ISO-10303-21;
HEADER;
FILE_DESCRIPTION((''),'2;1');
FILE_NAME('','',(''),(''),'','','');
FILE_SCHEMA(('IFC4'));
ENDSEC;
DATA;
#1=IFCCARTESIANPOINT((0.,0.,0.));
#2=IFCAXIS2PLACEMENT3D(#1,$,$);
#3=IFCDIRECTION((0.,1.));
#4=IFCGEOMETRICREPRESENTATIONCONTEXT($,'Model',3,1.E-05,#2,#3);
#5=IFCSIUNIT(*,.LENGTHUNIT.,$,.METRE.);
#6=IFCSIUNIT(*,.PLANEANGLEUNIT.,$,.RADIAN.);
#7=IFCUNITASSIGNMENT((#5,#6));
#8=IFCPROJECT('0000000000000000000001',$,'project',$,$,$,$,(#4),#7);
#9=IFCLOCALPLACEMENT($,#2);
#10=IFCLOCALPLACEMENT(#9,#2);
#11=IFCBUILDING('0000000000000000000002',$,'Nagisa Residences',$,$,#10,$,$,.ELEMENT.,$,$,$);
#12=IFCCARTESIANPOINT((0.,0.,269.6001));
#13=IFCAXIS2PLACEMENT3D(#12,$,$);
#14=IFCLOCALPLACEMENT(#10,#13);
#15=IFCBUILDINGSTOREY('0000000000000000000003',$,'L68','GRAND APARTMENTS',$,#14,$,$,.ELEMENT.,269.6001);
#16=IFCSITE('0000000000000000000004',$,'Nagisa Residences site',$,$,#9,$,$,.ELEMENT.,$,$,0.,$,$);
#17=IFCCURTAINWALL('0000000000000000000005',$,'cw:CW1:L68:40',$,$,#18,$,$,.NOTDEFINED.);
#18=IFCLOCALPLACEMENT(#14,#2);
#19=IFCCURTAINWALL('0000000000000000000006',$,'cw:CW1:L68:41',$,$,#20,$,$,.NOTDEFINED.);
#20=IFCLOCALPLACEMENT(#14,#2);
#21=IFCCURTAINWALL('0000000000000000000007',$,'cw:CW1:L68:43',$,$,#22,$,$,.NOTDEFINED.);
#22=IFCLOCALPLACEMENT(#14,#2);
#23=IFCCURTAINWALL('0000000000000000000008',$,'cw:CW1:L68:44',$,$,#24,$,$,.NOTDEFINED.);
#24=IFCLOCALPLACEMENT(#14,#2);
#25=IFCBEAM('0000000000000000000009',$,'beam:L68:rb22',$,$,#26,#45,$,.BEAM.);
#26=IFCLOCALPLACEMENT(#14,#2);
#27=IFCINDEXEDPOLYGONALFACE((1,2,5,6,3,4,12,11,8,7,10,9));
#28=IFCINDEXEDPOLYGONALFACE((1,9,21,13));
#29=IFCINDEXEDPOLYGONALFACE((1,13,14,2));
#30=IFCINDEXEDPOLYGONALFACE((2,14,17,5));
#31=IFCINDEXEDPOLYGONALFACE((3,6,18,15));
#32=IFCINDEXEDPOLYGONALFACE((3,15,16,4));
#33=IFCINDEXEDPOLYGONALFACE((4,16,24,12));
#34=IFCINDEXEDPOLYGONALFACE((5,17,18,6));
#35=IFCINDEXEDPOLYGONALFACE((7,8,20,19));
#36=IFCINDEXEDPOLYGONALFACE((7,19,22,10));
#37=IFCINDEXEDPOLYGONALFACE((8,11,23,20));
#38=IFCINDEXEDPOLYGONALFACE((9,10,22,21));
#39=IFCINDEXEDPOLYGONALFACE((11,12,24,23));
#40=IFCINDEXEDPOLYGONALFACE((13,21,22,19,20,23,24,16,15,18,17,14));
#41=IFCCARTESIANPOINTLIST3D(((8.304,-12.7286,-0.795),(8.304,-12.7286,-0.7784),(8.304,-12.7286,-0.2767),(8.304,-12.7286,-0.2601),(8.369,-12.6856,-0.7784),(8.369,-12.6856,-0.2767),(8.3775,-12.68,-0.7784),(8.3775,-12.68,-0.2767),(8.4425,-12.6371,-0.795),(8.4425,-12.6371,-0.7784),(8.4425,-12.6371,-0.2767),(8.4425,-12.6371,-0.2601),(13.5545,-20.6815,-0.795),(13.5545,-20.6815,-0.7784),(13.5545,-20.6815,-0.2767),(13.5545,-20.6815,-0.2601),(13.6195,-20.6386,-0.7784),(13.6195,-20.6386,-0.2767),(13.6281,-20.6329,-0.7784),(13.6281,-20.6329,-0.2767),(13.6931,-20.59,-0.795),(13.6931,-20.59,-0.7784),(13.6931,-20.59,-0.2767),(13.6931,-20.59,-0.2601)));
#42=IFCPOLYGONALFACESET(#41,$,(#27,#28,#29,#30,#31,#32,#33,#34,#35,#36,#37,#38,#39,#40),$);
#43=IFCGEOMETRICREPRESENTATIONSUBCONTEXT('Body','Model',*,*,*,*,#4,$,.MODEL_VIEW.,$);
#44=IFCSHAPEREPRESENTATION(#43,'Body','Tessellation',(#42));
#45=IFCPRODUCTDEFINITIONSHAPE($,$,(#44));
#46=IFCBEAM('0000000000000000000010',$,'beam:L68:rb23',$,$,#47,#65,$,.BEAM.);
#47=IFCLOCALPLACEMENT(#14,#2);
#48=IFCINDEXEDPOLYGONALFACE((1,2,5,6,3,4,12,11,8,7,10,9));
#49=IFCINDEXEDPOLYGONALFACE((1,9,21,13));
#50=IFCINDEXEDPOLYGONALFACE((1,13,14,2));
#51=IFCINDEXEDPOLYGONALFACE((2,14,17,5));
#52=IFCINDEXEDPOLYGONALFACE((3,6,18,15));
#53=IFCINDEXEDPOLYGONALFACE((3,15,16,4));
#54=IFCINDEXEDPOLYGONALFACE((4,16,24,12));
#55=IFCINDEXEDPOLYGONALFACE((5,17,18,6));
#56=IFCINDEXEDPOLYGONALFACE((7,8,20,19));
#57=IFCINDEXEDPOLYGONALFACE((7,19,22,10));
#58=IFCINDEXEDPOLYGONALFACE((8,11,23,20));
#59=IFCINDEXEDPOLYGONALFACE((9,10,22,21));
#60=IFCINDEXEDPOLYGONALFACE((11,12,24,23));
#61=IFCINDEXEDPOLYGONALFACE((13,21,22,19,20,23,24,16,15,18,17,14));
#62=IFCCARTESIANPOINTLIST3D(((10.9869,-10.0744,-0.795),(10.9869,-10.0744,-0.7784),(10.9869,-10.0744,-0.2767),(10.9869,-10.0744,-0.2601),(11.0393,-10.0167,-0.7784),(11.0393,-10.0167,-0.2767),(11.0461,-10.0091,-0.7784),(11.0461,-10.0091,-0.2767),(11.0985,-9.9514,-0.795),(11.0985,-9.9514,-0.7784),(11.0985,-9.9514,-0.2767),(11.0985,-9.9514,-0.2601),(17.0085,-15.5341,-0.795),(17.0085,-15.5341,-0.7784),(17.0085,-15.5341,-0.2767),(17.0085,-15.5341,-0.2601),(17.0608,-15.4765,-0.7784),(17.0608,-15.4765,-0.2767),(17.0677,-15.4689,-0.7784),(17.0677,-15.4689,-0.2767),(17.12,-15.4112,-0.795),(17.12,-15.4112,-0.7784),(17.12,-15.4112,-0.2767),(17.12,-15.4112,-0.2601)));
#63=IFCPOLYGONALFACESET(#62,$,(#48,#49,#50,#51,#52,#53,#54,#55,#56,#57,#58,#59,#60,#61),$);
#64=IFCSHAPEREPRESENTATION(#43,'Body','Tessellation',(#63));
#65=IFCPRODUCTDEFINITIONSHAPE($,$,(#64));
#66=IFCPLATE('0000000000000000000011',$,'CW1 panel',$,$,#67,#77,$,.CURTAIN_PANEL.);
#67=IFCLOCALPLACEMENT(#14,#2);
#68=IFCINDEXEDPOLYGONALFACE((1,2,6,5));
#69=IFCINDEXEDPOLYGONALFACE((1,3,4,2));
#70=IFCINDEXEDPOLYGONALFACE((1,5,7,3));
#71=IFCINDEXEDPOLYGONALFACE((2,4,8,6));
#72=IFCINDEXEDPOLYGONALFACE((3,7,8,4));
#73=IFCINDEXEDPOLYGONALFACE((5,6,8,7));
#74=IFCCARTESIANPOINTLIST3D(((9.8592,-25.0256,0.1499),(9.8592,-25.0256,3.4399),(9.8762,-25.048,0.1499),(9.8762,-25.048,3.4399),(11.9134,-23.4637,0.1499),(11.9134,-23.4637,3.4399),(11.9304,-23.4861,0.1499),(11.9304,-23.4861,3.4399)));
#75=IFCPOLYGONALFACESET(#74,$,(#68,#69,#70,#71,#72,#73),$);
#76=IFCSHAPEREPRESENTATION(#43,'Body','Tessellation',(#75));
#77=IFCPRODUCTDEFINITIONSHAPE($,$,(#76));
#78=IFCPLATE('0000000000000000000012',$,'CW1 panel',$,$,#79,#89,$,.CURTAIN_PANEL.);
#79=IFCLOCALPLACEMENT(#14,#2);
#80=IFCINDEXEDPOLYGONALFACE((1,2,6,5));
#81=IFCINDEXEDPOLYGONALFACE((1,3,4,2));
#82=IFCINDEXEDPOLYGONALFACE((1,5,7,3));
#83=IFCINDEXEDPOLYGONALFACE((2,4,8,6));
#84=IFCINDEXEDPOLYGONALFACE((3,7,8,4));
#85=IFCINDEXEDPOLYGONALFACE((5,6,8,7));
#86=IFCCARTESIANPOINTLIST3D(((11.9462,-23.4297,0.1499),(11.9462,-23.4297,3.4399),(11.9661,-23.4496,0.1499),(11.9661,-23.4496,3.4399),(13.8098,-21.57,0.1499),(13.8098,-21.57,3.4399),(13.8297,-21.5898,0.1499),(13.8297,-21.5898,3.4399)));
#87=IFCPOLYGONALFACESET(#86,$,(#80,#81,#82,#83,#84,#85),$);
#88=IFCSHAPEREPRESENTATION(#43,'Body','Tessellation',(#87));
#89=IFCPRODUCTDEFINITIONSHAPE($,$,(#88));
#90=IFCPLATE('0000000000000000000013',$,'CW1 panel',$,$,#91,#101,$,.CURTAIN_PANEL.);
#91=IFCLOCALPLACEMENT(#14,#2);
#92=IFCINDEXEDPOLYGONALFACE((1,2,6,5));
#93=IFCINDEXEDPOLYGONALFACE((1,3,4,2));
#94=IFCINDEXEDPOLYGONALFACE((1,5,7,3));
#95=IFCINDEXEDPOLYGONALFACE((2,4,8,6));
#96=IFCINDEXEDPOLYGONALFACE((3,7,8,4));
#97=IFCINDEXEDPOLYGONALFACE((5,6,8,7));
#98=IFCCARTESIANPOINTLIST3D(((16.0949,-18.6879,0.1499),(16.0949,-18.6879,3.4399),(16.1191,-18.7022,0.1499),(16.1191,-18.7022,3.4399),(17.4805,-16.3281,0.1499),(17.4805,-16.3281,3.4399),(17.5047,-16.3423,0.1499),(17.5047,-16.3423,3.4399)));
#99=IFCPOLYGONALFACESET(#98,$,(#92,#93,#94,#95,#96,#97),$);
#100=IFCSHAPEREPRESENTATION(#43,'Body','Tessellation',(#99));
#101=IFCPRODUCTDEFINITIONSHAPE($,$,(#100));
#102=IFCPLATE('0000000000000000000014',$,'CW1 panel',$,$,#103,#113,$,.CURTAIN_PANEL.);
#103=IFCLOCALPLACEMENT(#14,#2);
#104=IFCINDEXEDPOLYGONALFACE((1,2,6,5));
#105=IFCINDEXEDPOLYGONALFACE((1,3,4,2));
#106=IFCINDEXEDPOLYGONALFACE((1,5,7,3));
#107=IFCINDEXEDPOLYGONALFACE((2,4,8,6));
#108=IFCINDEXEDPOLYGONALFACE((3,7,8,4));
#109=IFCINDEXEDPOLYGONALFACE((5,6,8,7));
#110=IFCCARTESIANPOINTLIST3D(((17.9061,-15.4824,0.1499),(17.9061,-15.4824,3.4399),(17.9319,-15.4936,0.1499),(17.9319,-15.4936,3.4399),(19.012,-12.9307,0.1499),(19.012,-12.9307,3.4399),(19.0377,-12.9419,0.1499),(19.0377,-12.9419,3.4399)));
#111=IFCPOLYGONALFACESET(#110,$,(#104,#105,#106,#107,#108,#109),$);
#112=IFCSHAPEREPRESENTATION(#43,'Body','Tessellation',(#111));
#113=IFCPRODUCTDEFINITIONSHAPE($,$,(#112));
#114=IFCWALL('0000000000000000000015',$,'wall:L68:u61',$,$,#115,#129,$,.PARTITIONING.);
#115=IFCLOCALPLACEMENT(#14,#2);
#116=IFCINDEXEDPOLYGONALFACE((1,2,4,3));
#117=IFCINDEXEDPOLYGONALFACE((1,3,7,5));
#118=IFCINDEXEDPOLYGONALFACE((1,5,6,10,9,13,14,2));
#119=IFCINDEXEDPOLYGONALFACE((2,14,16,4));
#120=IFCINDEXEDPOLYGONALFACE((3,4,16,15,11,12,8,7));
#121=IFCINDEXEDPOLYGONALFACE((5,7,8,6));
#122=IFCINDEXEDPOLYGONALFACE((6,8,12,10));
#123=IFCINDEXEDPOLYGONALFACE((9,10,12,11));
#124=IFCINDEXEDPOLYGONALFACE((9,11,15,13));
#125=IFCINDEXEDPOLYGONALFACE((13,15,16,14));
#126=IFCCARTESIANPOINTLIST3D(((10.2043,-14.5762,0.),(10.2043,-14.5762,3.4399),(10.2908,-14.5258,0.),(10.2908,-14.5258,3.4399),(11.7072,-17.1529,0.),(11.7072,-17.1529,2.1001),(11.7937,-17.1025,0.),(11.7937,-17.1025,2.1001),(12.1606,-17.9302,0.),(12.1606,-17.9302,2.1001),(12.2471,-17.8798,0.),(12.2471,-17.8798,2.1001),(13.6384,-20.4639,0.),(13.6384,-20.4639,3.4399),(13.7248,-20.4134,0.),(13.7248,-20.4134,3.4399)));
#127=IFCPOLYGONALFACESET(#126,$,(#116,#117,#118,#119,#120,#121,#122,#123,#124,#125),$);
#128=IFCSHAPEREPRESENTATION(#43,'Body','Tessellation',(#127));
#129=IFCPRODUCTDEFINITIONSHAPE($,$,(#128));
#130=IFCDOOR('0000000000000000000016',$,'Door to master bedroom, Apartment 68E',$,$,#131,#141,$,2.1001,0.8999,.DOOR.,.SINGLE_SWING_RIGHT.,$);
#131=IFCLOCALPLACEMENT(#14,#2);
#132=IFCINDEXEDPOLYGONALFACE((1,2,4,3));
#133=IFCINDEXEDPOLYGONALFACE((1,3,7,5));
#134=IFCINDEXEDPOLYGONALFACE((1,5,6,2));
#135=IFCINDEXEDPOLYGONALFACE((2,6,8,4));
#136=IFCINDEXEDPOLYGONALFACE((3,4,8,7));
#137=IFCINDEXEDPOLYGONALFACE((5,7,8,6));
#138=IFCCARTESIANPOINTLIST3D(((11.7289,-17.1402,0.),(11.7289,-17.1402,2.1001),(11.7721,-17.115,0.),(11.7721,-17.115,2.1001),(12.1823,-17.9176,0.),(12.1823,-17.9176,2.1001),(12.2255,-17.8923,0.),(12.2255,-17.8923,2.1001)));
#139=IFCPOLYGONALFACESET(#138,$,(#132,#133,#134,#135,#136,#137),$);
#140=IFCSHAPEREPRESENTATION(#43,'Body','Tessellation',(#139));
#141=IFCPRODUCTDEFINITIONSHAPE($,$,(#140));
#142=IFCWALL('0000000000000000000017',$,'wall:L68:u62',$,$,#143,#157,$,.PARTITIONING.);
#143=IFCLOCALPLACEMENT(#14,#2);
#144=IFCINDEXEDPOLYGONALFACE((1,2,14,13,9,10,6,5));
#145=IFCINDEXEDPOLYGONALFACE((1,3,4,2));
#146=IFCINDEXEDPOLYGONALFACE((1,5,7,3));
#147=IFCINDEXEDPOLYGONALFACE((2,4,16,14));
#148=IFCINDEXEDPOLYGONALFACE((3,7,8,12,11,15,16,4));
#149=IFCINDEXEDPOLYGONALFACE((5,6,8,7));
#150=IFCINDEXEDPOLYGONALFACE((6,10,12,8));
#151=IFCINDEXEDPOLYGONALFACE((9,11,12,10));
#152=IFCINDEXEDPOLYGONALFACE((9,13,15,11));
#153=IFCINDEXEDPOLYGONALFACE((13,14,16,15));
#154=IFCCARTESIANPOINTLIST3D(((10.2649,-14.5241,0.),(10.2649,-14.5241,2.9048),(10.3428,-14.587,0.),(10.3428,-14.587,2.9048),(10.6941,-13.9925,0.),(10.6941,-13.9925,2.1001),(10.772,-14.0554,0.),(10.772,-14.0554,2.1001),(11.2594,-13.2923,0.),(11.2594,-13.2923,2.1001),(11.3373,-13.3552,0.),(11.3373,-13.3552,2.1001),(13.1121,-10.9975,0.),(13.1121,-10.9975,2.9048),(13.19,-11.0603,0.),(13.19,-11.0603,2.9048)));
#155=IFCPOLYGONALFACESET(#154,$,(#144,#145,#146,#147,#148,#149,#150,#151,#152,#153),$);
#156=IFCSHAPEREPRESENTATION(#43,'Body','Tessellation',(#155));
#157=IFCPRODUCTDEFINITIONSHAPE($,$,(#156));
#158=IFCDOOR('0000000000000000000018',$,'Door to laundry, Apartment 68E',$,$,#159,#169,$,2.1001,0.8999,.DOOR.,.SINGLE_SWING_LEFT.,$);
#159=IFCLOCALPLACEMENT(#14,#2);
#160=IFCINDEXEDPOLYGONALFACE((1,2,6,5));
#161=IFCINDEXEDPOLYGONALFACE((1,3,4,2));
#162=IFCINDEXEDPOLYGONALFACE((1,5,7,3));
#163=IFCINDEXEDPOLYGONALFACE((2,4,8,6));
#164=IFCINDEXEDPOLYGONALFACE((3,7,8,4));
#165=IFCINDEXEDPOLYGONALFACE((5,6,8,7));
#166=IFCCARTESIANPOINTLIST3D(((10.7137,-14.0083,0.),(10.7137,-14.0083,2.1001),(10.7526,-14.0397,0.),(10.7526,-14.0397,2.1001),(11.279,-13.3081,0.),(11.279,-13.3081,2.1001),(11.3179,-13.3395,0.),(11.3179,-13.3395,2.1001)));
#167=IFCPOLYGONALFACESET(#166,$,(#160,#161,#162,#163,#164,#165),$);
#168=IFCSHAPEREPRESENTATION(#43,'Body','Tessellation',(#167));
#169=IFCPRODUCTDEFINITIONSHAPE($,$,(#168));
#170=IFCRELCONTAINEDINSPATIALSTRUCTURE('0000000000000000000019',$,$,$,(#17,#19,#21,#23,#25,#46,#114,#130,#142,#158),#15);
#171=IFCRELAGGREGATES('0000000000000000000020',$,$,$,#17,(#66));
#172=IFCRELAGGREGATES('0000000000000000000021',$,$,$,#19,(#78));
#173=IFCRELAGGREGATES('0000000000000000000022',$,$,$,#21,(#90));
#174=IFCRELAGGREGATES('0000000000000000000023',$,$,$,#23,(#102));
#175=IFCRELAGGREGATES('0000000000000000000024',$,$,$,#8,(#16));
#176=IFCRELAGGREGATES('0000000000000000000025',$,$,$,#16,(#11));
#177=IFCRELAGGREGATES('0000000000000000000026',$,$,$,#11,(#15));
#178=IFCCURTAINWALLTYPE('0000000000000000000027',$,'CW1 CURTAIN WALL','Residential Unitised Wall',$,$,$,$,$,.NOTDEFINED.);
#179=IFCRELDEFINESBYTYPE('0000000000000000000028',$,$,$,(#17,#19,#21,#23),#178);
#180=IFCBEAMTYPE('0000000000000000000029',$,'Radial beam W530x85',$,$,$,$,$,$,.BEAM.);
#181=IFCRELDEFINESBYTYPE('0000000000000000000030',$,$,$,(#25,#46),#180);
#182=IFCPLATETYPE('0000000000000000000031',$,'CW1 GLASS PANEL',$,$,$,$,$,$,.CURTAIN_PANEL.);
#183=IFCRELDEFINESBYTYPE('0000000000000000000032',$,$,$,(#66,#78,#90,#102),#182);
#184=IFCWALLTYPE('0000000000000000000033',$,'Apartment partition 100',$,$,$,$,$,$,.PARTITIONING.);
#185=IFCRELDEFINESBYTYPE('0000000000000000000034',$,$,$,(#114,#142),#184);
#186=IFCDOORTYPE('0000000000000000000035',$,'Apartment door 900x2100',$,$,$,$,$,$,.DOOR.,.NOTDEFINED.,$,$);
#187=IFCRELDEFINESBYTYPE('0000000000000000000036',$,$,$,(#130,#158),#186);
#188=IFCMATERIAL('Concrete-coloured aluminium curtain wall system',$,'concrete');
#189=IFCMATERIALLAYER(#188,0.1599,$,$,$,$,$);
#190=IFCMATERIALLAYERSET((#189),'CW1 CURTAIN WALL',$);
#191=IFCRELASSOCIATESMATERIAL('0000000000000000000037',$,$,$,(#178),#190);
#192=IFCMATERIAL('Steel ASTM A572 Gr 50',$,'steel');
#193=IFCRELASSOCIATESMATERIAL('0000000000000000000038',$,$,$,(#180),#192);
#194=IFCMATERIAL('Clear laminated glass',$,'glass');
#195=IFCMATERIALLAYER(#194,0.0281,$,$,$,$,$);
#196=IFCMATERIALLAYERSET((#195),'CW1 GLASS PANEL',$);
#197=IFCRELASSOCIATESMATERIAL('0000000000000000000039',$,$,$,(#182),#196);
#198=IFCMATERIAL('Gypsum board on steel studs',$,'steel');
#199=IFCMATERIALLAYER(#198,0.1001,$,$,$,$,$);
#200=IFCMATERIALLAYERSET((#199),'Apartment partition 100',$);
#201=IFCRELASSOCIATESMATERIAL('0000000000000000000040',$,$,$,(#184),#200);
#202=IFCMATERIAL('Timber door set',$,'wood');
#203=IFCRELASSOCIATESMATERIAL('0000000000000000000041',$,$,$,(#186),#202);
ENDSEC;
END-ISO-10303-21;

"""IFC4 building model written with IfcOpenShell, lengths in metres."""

from ifc_helpers import new_model, si_unit, direction, frame, frame_2d, origin, origin_2d, place, context, subcontext, project, spatial, rectangle, i_section, extrude, material, layer, layer_set, material_profile, profile_set, type_object, element, fill, aggregate, save


model = new_model("IFC4")

# Units and contexts
model_context = context("Model", 3, precision=1e-05, world=origin(), true_north=direction((0.0, 1.0)))
body_context = subcontext(model_context, "Body", "Model", "MODEL_VIEW")
ifc_project = project(units=[si_unit("LENGTHUNIT", "METRE"), si_unit("PLANEANGLEUNIT", "RADIAN")], contexts=[model_context])

# Site, building, storey
site_placement = place(None, origin())
site = spatial("IfcSite", under=ifc_project, at=site_placement, Name="Nagisa Residences site", CompositionType="ELEMENT", RefElevation=0.0)
building_placement = place(site_placement, origin())
building = spatial("IfcBuilding", under=site, at=building_placement, Name="Nagisa Residences", CompositionType="ELEMENT")
storey_placement = place(building_placement, frame((0.0, 0.0, 269.6001)))
storey = spatial("IfcBuildingStorey", under=building, at=storey_placement, Name="L68", Description="GRAND APARTMENTS", CompositionType="ELEMENT", Elevation=269.6001)

# Curtain walls
ifc_material_1 = material(Name="Concrete-coloured aluminium curtain wall system", Category="concrete")
ifc_layer_1 = layer(ifc_material_1, 0.1599)
ifc_layer_set_1 = layer_set([ifc_layer_1], Name="CW1 CURTAIN WALL")
curtain_wall_type = type_object("IfcCurtainWallType", Name="CW1 CURTAIN WALL", Description="Residential Unitised Wall", PredefinedType="NOTDEFINED", material=ifc_layer_set_1)
curtain_wall_1_placement = place(storey_placement, origin())
curtain_wall_1 = element("IfcCurtainWall", 1, at=curtain_wall_1_placement, inside=storey, type_object=curtain_wall_type, Name="cw:CW1:L68:40", PredefinedType="NOTDEFINED")
curtain_wall_2_placement = place(storey_placement, origin())
curtain_wall_2 = element("IfcCurtainWall", 2, at=curtain_wall_2_placement, inside=storey, type_object=curtain_wall_type, Name="cw:CW1:L68:41", PredefinedType="NOTDEFINED")
curtain_wall_3_placement = place(storey_placement, origin())
curtain_wall_3 = element("IfcCurtainWall", 3, at=curtain_wall_3_placement, inside=storey, type_object=curtain_wall_type, Name="cw:CW1:L68:43", PredefinedType="NOTDEFINED")
curtain_wall_4_placement = place(storey_placement, origin())
curtain_wall_4 = element("IfcCurtainWall", 4, at=curtain_wall_4_placement, inside=storey, type_object=curtain_wall_type, Name="cw:CW1:L68:44", PredefinedType="NOTDEFINED")

# Beams
ifc_material_2 = material(Name="Steel ASTM A572 Gr 50", Category="steel")
ifc_material_profile_1 = material_profile(ifc_material_2, i_section(OverallWidth=0.166, OverallDepth=0.5349, WebThickness=0.0103, FlangeThickness=0.0166, at=origin_2d()), Name="W530x85")
ifc_profile_set_1 = profile_set([ifc_material_profile_1], Name="Steel ASTM A572 Gr 50")
beam_type_1 = type_object("IfcBeamType", Name="Radial beam W530x85", PredefinedType="BEAM", material=ifc_profile_set_1)
beam_1_placement = place(storey_placement, frame((13.6238, -20.6357, -0.5276), z_axis=(-0.550958, 0.834533, 0.0), x_axis=(-0.834533, -0.550958, 0.0)))
element("IfcBeam", 5, at=beam_1_placement, inside=storey, type_object=beam_type_1, Name="beam:L68:rb22", PredefinedType="BEAM", context=body_context, shape_type="SweptSolid", body=[
    extrude(i_section(OverallWidth=0.166, OverallDepth=0.5349, WebThickness=0.0103, FlangeThickness=0.0166, at=origin_2d()), origin(), (0.0, 0.0, 1.0), 9.5298),
])
beam_2_placement = place(storey_placement, frame((17.0642, -15.4727, -0.5276), z_axis=(-0.740819, 0.671705, 0.0), x_axis=(-0.671705, -0.740819, 0.0)))
element("IfcBeam", 6, at=beam_2_placement, inside=storey, type_object=beam_type_1, Name="beam:L68:rb23", PredefinedType="BEAM", context=body_context, shape_type="SweptSolid", body=[
    extrude(i_section(OverallWidth=0.166, OverallDepth=0.5349, WebThickness=0.0103, FlangeThickness=0.0166, at=origin_2d()), origin(), (0.0, 0.0, 1.0), 8.1282),
])

# Plates
ifc_material_3 = material(Name="Clear laminated glass", Category="glass")
ifc_layer_2 = layer(ifc_material_3, 0.0281)
ifc_layer_set_2 = layer_set([ifc_layer_2], Name="CW1 GLASS PANEL")
plate_type = type_object("IfcPlateType", Name="CW1 GLASS PANEL", PredefinedType="CURTAIN_PANEL", material=ifc_layer_set_2)
plate_1_placement = place(storey_placement, frame((10.8948, -24.2559, 0.1499), z_axis=(0.0, 0.0, 1.0), x_axis=(0.796031, 0.605255, 0.0)))
plate_1 = element("IfcPlate", 7, at=plate_1_placement, type_object=plate_type, Name="CW1 panel", PredefinedType="CURTAIN_PANEL", context=body_context, shape_type="SweptSolid", body=[
    extrude(rectangle(XDim=2.5806, YDim=0.0281, at=origin_2d()), origin(), (0.0, 0.0, 1.0), 3.29),
])
aggregate(curtain_wall_1, [plate_1])
plate_2_placement = place(storey_placement, frame((12.8879, -22.5098, 0.1499), z_axis=(0.0, 0.0, 1.0), x_axis=(0.707836, 0.706377, 0.0)))
plate_2 = element("IfcPlate", 8, at=plate_2_placement, type_object=plate_type, Name="CW1 panel", PredefinedType="CURTAIN_PANEL", context=body_context, shape_type="SweptSolid", body=[
    extrude(rectangle(XDim=2.6328, YDim=0.0281, at=origin_2d()), origin(), (0.0, 0.0, 1.0), 3.29),
])
aggregate(curtain_wall_2, [plate_2])
plate_3_placement = place(storey_placement, frame((16.7998, -17.5151, 0.1499), z_axis=(0.0, 0.0, 1.0), x_axis=(0.506349, 0.862329, 0.0)))
plate_3 = element("IfcPlate", 9, at=plate_3_placement, type_object=plate_type, Name="CW1 panel", PredefinedType="CURTAIN_PANEL", context=body_context, shape_type="SweptSolid", body=[
    extrude(rectangle(XDim=2.7366, YDim=0.0281, at=origin_2d()), origin(), (0.0, 0.0, 1.0), 3.29),
])
aggregate(curtain_wall_3, [plate_3])
plate_4_placement = place(storey_placement, frame((18.4719, -14.2122, 0.1499), z_axis=(0.0, 0.0, 1.0), x_axis=(0.397636, 0.917543, 0.0)))
plate_4 = element("IfcPlate", 10, at=plate_4_placement, type_object=plate_type, Name="CW1 panel", PredefinedType="CURTAIN_PANEL", context=body_context, shape_type="SweptSolid", body=[
    extrude(rectangle(XDim=2.781, YDim=0.0281, at=origin_2d()), origin(), (0.0, 0.0, 1.0), 3.29),
])
aggregate(curtain_wall_4, [plate_4])

# Walls, openings, doors
ifc_material_4 = material(Name="Gypsum board on steel studs", Category="steel")
ifc_layer_3 = layer(ifc_material_4, 0.1001)
ifc_layer_set_3 = layer_set([ifc_layer_3], Name="Apartment partition 100")
wall_type_1 = type_object("IfcWallType", Name="Apartment partition 100", PredefinedType="PARTITIONING", material=ifc_layer_set_3)
wall_1_placement = place(storey_placement, frame((10.2476, -14.551, 0.0), z_axis=(0.0, 0.0, 1.0), x_axis=(0.503826, -0.863805, 0.0)))
wall_1 = element("IfcWall", 11, at=wall_1_placement, inside=storey, type_object=wall_type_1, Name="wall:L68:u61", PredefinedType="PARTITIONING", context=body_context, shape_type="SweptSolid", body=[
    extrude(rectangle(XDim=6.8159, YDim=0.1001, at=frame_2d((3.408, 0.0))), origin(), (0.0, 0.0, 1.0), 3.4399),
])
opening_1_placement = place(wall_1_placement, frame((2.9829, 0.0, 0.0)))
opening_1 = element("IfcOpeningElement", 12, at=opening_1_placement, cuts=wall_1, PredefinedType="OPENING", context=body_context, shape_type="SweptSolid", body=[
    extrude(rectangle(XDim=0.8999, YDim=2.1001, at=frame_2d((0.45, 1.05))), frame((0.0, 0.0601, 0.0), z_axis=(0.0, -1.0, 0.0), x_axis=(1.0, 0.0, 0.0)), (0.0, 0.0, 1.0), 0.1201),
])
ifc_material_5 = material(Name="Timber door set", Category="wood")
door_type_1 = type_object("IfcDoorType", Name="Apartment door 900x2100", OperationType="NOTDEFINED", PredefinedType="DOOR", material=ifc_material_5)
door_1_placement = place(opening_1_placement, frame((0.8999, 0.0, 0.0), x_axis=(-1.0, 0.0, 0.0)))
door_1 = element("IfcDoor", 13, at=door_1_placement, inside=storey, type_object=door_type_1, Name="Door to master bedroom, Apartment 68E", OperationType="SINGLE_SWING_RIGHT", OverallHeight=2.1001, OverallWidth=0.8999, PredefinedType="DOOR", context=body_context, shape_type="SweptSolid", body=[
    extrude(rectangle(XDim=0.8999, YDim=2.1001, at=frame_2d((0.45, 1.05))), frame((0.0, 0.0249, 0.0), z_axis=(0.0, -1.0, 0.0), x_axis=(1.0, 0.0, 0.0)), (0.0, 0.0, 1.0), 0.05),
])
fill(opening_1, door_1)
wall_2_placement = place(storey_placement, frame((10.304, -14.5554, 0.0), z_axis=(0.0, 0.0, 1.0), x_axis=(0.62817, 0.778076, 0.0)))
wall_2 = element("IfcWall", 14, at=wall_2_placement, inside=storey, type_object=wall_type_1, Name="wall:L68:u62", PredefinedType="PARTITIONING", context=body_context, shape_type="SweptSolid", body=[
    extrude(rectangle(XDim=4.5325, YDim=0.1001, at=frame_2d((2.2661, 0.0))), origin(), (0.0, 0.0, 1.0), 2.9048),
])
opening_2_placement = place(wall_2_placement, frame((0.6831, 0.0, 0.0)))
opening_2 = element("IfcOpeningElement", 15, at=opening_2_placement, cuts=wall_2, PredefinedType="OPENING", context=body_context, shape_type="SweptSolid", body=[
    extrude(rectangle(XDim=0.8999, YDim=2.1001, at=frame_2d((0.45, 1.05))), frame((0.0, 0.0601, 0.0), z_axis=(0.0, -1.0, 0.0), x_axis=(1.0, 0.0, 0.0)), (0.0, 0.0, 1.0), 0.1201),
])
door_2_placement = place(opening_2_placement, origin())
door_2 = element("IfcDoor", 16, at=door_2_placement, inside=storey, type_object=door_type_1, Name="Door to laundry, Apartment 68E", OperationType="SINGLE_SWING_LEFT", OverallHeight=2.1001, OverallWidth=0.8999, PredefinedType="DOOR", context=body_context, shape_type="SweptSolid", body=[
    extrude(rectangle(XDim=0.8999, YDim=2.1001, at=frame_2d((0.45, 1.05))), frame((0.0, 0.0249, 0.0), z_axis=(0.0, -1.0, 0.0), x_axis=(1.0, 0.0, 0.0)), (0.0, 0.0, 1.0), 0.05),
])
fill(opening_2, door_2)

save(model, "model.ifc")
